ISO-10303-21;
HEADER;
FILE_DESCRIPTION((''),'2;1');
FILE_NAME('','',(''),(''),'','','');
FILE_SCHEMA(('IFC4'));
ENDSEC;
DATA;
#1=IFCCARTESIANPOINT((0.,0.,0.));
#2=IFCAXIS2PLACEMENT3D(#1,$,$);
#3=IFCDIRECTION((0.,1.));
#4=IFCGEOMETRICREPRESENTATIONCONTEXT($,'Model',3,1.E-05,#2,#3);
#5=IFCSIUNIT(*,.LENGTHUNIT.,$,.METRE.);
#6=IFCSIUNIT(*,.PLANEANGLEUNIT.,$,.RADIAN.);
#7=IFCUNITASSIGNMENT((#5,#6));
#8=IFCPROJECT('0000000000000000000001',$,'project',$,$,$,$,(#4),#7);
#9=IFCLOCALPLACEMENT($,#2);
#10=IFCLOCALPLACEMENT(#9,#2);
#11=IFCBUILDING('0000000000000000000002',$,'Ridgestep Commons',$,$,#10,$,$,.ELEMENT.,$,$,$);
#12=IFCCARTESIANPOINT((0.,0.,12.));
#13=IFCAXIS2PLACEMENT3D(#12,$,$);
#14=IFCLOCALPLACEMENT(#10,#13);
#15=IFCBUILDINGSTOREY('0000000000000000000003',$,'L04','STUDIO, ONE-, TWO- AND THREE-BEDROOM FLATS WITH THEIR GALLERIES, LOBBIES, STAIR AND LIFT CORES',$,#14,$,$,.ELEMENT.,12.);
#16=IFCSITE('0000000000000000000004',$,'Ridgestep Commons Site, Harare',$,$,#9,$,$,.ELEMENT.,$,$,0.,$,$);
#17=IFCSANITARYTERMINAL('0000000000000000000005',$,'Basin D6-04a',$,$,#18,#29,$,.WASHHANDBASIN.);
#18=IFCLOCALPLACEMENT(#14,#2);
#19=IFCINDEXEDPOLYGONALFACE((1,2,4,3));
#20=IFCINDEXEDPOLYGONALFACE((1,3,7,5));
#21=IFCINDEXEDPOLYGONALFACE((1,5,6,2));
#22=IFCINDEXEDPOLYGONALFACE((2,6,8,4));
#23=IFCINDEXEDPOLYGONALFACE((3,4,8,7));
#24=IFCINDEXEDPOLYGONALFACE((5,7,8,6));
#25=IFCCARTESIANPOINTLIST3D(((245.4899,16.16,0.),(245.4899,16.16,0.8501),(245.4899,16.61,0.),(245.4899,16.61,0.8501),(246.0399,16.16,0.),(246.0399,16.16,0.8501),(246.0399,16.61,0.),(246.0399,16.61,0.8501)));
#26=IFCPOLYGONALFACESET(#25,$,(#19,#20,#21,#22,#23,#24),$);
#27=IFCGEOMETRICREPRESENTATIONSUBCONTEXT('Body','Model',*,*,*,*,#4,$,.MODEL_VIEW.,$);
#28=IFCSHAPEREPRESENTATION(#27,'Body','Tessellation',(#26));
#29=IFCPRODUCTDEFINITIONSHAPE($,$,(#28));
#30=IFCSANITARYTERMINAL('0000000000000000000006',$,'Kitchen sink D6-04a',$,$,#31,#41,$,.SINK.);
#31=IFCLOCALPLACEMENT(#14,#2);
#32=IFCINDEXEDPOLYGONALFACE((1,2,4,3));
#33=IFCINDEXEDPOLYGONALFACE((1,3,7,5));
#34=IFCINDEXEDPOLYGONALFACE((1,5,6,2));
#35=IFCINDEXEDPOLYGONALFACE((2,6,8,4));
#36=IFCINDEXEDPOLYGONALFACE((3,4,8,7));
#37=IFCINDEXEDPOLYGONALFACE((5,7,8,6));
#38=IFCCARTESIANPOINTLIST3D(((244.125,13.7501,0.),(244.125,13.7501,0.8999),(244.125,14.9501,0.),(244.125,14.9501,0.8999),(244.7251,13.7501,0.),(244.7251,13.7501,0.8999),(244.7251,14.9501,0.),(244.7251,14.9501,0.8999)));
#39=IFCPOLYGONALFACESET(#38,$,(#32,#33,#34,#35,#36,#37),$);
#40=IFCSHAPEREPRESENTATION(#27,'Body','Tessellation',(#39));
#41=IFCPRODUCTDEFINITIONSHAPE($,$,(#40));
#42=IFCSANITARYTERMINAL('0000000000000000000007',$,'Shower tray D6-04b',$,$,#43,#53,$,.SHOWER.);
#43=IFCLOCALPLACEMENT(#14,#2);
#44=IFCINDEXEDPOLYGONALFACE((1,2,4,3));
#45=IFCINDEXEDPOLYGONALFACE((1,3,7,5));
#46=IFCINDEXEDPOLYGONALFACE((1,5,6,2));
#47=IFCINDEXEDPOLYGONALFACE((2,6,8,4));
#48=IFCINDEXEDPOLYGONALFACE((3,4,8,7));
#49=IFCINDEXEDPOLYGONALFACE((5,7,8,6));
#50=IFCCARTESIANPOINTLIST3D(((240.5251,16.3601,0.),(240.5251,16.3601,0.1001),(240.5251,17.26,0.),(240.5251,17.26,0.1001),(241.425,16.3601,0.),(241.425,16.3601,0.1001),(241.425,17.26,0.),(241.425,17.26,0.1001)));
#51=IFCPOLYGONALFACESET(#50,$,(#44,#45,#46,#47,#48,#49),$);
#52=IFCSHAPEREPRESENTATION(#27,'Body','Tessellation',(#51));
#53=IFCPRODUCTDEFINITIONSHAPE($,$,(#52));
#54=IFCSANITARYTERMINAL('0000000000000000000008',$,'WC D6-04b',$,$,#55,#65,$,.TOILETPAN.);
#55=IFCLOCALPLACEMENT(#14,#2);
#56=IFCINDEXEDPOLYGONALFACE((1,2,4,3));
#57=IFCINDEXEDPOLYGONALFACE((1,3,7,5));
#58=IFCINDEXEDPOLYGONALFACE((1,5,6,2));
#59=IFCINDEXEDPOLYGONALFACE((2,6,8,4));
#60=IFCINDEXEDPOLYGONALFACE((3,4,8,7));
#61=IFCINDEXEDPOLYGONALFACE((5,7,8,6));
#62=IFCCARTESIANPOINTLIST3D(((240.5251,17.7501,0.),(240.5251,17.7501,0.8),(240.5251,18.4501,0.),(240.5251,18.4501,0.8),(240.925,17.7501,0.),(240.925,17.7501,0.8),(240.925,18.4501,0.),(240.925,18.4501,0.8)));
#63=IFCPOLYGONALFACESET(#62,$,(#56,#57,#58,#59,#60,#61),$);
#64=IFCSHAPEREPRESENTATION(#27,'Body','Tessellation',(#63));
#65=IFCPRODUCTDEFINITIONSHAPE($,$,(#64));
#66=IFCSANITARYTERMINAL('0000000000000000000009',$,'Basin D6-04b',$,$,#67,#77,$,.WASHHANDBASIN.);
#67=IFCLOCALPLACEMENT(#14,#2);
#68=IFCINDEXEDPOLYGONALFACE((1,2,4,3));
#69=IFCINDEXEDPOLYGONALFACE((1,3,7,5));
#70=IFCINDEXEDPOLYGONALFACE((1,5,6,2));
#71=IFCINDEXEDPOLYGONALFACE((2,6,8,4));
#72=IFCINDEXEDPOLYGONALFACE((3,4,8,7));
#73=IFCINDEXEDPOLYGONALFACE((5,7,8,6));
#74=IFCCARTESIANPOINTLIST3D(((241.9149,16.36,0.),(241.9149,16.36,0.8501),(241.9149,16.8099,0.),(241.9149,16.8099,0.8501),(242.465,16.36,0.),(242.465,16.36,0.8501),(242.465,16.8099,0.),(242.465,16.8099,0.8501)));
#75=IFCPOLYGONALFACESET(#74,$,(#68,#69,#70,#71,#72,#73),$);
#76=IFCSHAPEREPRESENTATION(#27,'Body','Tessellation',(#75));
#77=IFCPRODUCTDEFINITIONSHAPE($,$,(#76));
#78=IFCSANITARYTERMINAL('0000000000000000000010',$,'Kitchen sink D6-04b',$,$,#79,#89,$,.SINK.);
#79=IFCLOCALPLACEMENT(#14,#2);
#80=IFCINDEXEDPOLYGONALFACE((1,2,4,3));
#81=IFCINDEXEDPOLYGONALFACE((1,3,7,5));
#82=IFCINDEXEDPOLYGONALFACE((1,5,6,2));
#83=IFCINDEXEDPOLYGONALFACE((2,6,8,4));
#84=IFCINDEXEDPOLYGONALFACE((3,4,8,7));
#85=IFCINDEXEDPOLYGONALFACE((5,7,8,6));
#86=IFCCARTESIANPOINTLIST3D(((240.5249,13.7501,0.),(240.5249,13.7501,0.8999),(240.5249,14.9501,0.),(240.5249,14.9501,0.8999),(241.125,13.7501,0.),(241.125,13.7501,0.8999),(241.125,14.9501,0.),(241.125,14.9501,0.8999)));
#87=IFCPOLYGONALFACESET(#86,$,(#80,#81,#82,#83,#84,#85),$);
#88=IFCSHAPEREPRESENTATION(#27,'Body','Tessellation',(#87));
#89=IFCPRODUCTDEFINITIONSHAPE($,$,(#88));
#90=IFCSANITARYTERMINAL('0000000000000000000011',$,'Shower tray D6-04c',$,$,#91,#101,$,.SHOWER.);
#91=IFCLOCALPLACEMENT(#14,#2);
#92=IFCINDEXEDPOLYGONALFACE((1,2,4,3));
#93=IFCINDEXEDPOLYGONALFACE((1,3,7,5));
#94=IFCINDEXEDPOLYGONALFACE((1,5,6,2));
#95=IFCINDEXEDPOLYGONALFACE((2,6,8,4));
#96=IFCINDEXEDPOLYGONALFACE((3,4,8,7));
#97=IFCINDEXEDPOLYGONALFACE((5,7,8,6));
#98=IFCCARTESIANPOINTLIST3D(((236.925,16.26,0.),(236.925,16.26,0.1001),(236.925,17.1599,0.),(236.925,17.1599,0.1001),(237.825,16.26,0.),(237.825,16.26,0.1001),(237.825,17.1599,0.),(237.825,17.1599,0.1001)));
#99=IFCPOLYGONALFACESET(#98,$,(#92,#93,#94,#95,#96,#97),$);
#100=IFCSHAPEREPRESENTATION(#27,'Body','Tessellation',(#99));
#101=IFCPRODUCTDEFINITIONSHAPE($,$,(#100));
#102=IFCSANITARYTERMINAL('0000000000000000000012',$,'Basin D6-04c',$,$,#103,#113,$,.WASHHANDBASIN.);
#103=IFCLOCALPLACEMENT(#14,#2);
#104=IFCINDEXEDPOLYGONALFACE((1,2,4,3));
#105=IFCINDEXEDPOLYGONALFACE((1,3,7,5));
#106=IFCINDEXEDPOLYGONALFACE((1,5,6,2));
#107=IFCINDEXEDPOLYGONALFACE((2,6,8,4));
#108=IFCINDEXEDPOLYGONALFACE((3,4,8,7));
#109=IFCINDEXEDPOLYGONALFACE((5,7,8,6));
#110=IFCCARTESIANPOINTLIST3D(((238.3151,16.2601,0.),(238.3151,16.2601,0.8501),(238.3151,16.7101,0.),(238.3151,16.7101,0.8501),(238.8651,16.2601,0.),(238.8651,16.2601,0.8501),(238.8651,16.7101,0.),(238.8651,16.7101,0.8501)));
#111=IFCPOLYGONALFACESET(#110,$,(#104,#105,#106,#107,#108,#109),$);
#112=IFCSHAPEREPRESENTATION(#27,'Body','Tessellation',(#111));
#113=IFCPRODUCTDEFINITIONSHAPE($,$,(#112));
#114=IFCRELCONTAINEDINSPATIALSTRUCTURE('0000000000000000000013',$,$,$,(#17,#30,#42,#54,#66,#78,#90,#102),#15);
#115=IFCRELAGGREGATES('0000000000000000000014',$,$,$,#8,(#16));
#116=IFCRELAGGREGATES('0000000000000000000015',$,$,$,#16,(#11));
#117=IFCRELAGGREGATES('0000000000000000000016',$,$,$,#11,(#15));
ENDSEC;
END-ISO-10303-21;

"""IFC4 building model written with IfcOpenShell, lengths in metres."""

from ifc_helpers import new_model, si_unit, direction, frame, origin, origin_2d, place, context, subcontext, project, spatial, rectangle, extrude, element, save


model = new_model("IFC4")

# Units and contexts
model_context = context("Model", 3, precision=1e-05, world=origin(), true_north=direction((0.0, 1.0)))
body_context = subcontext(model_context, "Body", "Model", "MODEL_VIEW")
ifc_project = project(units=[si_unit("LENGTHUNIT", "METRE"), si_unit("PLANEANGLEUNIT", "RADIAN")], contexts=[model_context])

# Site, building, storey
site_placement = place(None, origin())
site = spatial("IfcSite", under=ifc_project, at=site_placement, Name="Ridgestep Commons Site, Harare", CompositionType="ELEMENT", RefElevation=0.0)
building_placement = place(site_placement, origin())
building = spatial("IfcBuilding", under=site, at=building_placement, Name="Ridgestep Commons", CompositionType="ELEMENT")
storey_placement = place(building_placement, frame((0.0, 0.0, 12.0)))
storey = spatial("IfcBuildingStorey", under=building, at=storey_placement, Name="L04", Description="STUDIO, ONE-, TWO- AND THREE-BEDROOM FLATS WITH THEIR GALLERIES, LOBBIES, STAIR AND LIFT CORES", CompositionType="ELEMENT", Elevation=12.0)

# Sanitary terminals
sanitary_terminal_1_placement = place(storey_placement, frame((245.7649, 16.385, 0.0), z_axis=(0.0, 0.0, 1.0), x_axis=(1.0, 0.0, 0.0)))
element("IfcSanitaryTerminal", 1, at=sanitary_terminal_1_placement, inside=storey, Name="Basin D6-04a", PredefinedType="WASHHANDBASIN", context=body_context, shape_type="SweptSolid", body=[
    extrude(rectangle(XDim=0.55, YDim=0.45, at=origin_2d()), origin(), (0.0, 0.0, 1.0), 0.8501),
])
sanitary_terminal_2_placement = place(storey_placement, frame((244.425, 14.3501, 0.0), z_axis=(0.0, 0.0, 1.0), x_axis=(1.0, 0.0, 0.0)))
element("IfcSanitaryTerminal", 2, at=sanitary_terminal_2_placement, inside=storey, Name="Kitchen sink D6-04a", PredefinedType="SINK", context=body_context, shape_type="SweptSolid", body=[
    extrude(rectangle(XDim=0.6001, YDim=1.2, at=origin_2d()), origin(), (0.0, 0.0, 1.0), 0.8999),
])
sanitary_terminal_3_placement = place(storey_placement, frame((240.9751, 16.8101, 0.0), z_axis=(0.0, 0.0, 1.0), x_axis=(1.0, 0.0, 0.0)))
element("IfcSanitaryTerminal", 3, at=sanitary_terminal_3_placement, inside=storey, Name="Shower tray D6-04b", PredefinedType="SHOWER", context=body_context, shape_type="SweptSolid", body=[
    extrude(rectangle(XDim=0.8999, YDim=0.8999, at=origin_2d()), origin(), (0.0, 0.0, 1.0), 0.1001),
])
sanitary_terminal_4_placement = place(storey_placement, frame((240.7251, 18.1001, 0.0), z_axis=(0.0, 0.0, 1.0), x_axis=(1.0, 0.0, 0.0)))
element("IfcSanitaryTerminal", 4, at=sanitary_terminal_4_placement, inside=storey, Name="WC D6-04b", PredefinedType="TOILETPAN", context=body_context, shape_type="SweptSolid", body=[
    extrude(rectangle(XDim=0.3999, YDim=0.7, at=origin_2d()), origin(), (0.0, 0.0, 1.0), 0.8),
])
sanitary_terminal_5_placement = place(storey_placement, frame((242.1899, 16.585, 0.0), z_axis=(0.0, 0.0, 1.0), x_axis=(1.0, 0.0, 0.0)))
element("IfcSanitaryTerminal", 5, at=sanitary_terminal_5_placement, inside=storey, Name="Basin D6-04b", PredefinedType="WASHHANDBASIN", context=body_context, shape_type="SweptSolid", body=[
    extrude(rectangle(XDim=0.55, YDim=0.45, at=origin_2d()), origin(), (0.0, 0.0, 1.0), 0.8501),
])
sanitary_terminal_6_placement = place(storey_placement, frame((240.825, 14.3501, 0.0), z_axis=(0.0, 0.0, 1.0), x_axis=(1.0, 0.0, 0.0)))
element("IfcSanitaryTerminal", 6, at=sanitary_terminal_6_placement, inside=storey, Name="Kitchen sink D6-04b", PredefinedType="SINK", context=body_context, shape_type="SweptSolid", body=[
    extrude(rectangle(XDim=0.6001, YDim=1.2, at=origin_2d()), origin(), (0.0, 0.0, 1.0), 0.8999),
])
sanitary_terminal_7_placement = place(storey_placement, frame((237.375, 16.71, 0.0), z_axis=(0.0, 0.0, 1.0), x_axis=(1.0, 0.0, 0.0)))
element("IfcSanitaryTerminal", 7, at=sanitary_terminal_7_placement, inside=storey, Name="Shower tray D6-04c", PredefinedType="SHOWER", context=body_context, shape_type="SweptSolid", body=[
    extrude(rectangle(XDim=0.8999, YDim=0.8999, at=origin_2d()), origin(), (0.0, 0.0, 1.0), 0.1001),
])
sanitary_terminal_8_placement = place(storey_placement, frame((238.5901, 16.4851, 0.0), z_axis=(0.0, 0.0, 1.0), x_axis=(1.0, 0.0, 0.0)))
element("IfcSanitaryTerminal", 8, at=sanitary_terminal_8_placement, inside=storey, Name="Basin D6-04c", PredefinedType="WASHHANDBASIN", context=body_context, shape_type="SweptSolid", body=[
    extrude(rectangle(XDim=0.55, YDim=0.45, at=origin_2d()), origin(), (0.0, 0.0, 1.0), 0.8501),
])

save(model, "model.ifc")
